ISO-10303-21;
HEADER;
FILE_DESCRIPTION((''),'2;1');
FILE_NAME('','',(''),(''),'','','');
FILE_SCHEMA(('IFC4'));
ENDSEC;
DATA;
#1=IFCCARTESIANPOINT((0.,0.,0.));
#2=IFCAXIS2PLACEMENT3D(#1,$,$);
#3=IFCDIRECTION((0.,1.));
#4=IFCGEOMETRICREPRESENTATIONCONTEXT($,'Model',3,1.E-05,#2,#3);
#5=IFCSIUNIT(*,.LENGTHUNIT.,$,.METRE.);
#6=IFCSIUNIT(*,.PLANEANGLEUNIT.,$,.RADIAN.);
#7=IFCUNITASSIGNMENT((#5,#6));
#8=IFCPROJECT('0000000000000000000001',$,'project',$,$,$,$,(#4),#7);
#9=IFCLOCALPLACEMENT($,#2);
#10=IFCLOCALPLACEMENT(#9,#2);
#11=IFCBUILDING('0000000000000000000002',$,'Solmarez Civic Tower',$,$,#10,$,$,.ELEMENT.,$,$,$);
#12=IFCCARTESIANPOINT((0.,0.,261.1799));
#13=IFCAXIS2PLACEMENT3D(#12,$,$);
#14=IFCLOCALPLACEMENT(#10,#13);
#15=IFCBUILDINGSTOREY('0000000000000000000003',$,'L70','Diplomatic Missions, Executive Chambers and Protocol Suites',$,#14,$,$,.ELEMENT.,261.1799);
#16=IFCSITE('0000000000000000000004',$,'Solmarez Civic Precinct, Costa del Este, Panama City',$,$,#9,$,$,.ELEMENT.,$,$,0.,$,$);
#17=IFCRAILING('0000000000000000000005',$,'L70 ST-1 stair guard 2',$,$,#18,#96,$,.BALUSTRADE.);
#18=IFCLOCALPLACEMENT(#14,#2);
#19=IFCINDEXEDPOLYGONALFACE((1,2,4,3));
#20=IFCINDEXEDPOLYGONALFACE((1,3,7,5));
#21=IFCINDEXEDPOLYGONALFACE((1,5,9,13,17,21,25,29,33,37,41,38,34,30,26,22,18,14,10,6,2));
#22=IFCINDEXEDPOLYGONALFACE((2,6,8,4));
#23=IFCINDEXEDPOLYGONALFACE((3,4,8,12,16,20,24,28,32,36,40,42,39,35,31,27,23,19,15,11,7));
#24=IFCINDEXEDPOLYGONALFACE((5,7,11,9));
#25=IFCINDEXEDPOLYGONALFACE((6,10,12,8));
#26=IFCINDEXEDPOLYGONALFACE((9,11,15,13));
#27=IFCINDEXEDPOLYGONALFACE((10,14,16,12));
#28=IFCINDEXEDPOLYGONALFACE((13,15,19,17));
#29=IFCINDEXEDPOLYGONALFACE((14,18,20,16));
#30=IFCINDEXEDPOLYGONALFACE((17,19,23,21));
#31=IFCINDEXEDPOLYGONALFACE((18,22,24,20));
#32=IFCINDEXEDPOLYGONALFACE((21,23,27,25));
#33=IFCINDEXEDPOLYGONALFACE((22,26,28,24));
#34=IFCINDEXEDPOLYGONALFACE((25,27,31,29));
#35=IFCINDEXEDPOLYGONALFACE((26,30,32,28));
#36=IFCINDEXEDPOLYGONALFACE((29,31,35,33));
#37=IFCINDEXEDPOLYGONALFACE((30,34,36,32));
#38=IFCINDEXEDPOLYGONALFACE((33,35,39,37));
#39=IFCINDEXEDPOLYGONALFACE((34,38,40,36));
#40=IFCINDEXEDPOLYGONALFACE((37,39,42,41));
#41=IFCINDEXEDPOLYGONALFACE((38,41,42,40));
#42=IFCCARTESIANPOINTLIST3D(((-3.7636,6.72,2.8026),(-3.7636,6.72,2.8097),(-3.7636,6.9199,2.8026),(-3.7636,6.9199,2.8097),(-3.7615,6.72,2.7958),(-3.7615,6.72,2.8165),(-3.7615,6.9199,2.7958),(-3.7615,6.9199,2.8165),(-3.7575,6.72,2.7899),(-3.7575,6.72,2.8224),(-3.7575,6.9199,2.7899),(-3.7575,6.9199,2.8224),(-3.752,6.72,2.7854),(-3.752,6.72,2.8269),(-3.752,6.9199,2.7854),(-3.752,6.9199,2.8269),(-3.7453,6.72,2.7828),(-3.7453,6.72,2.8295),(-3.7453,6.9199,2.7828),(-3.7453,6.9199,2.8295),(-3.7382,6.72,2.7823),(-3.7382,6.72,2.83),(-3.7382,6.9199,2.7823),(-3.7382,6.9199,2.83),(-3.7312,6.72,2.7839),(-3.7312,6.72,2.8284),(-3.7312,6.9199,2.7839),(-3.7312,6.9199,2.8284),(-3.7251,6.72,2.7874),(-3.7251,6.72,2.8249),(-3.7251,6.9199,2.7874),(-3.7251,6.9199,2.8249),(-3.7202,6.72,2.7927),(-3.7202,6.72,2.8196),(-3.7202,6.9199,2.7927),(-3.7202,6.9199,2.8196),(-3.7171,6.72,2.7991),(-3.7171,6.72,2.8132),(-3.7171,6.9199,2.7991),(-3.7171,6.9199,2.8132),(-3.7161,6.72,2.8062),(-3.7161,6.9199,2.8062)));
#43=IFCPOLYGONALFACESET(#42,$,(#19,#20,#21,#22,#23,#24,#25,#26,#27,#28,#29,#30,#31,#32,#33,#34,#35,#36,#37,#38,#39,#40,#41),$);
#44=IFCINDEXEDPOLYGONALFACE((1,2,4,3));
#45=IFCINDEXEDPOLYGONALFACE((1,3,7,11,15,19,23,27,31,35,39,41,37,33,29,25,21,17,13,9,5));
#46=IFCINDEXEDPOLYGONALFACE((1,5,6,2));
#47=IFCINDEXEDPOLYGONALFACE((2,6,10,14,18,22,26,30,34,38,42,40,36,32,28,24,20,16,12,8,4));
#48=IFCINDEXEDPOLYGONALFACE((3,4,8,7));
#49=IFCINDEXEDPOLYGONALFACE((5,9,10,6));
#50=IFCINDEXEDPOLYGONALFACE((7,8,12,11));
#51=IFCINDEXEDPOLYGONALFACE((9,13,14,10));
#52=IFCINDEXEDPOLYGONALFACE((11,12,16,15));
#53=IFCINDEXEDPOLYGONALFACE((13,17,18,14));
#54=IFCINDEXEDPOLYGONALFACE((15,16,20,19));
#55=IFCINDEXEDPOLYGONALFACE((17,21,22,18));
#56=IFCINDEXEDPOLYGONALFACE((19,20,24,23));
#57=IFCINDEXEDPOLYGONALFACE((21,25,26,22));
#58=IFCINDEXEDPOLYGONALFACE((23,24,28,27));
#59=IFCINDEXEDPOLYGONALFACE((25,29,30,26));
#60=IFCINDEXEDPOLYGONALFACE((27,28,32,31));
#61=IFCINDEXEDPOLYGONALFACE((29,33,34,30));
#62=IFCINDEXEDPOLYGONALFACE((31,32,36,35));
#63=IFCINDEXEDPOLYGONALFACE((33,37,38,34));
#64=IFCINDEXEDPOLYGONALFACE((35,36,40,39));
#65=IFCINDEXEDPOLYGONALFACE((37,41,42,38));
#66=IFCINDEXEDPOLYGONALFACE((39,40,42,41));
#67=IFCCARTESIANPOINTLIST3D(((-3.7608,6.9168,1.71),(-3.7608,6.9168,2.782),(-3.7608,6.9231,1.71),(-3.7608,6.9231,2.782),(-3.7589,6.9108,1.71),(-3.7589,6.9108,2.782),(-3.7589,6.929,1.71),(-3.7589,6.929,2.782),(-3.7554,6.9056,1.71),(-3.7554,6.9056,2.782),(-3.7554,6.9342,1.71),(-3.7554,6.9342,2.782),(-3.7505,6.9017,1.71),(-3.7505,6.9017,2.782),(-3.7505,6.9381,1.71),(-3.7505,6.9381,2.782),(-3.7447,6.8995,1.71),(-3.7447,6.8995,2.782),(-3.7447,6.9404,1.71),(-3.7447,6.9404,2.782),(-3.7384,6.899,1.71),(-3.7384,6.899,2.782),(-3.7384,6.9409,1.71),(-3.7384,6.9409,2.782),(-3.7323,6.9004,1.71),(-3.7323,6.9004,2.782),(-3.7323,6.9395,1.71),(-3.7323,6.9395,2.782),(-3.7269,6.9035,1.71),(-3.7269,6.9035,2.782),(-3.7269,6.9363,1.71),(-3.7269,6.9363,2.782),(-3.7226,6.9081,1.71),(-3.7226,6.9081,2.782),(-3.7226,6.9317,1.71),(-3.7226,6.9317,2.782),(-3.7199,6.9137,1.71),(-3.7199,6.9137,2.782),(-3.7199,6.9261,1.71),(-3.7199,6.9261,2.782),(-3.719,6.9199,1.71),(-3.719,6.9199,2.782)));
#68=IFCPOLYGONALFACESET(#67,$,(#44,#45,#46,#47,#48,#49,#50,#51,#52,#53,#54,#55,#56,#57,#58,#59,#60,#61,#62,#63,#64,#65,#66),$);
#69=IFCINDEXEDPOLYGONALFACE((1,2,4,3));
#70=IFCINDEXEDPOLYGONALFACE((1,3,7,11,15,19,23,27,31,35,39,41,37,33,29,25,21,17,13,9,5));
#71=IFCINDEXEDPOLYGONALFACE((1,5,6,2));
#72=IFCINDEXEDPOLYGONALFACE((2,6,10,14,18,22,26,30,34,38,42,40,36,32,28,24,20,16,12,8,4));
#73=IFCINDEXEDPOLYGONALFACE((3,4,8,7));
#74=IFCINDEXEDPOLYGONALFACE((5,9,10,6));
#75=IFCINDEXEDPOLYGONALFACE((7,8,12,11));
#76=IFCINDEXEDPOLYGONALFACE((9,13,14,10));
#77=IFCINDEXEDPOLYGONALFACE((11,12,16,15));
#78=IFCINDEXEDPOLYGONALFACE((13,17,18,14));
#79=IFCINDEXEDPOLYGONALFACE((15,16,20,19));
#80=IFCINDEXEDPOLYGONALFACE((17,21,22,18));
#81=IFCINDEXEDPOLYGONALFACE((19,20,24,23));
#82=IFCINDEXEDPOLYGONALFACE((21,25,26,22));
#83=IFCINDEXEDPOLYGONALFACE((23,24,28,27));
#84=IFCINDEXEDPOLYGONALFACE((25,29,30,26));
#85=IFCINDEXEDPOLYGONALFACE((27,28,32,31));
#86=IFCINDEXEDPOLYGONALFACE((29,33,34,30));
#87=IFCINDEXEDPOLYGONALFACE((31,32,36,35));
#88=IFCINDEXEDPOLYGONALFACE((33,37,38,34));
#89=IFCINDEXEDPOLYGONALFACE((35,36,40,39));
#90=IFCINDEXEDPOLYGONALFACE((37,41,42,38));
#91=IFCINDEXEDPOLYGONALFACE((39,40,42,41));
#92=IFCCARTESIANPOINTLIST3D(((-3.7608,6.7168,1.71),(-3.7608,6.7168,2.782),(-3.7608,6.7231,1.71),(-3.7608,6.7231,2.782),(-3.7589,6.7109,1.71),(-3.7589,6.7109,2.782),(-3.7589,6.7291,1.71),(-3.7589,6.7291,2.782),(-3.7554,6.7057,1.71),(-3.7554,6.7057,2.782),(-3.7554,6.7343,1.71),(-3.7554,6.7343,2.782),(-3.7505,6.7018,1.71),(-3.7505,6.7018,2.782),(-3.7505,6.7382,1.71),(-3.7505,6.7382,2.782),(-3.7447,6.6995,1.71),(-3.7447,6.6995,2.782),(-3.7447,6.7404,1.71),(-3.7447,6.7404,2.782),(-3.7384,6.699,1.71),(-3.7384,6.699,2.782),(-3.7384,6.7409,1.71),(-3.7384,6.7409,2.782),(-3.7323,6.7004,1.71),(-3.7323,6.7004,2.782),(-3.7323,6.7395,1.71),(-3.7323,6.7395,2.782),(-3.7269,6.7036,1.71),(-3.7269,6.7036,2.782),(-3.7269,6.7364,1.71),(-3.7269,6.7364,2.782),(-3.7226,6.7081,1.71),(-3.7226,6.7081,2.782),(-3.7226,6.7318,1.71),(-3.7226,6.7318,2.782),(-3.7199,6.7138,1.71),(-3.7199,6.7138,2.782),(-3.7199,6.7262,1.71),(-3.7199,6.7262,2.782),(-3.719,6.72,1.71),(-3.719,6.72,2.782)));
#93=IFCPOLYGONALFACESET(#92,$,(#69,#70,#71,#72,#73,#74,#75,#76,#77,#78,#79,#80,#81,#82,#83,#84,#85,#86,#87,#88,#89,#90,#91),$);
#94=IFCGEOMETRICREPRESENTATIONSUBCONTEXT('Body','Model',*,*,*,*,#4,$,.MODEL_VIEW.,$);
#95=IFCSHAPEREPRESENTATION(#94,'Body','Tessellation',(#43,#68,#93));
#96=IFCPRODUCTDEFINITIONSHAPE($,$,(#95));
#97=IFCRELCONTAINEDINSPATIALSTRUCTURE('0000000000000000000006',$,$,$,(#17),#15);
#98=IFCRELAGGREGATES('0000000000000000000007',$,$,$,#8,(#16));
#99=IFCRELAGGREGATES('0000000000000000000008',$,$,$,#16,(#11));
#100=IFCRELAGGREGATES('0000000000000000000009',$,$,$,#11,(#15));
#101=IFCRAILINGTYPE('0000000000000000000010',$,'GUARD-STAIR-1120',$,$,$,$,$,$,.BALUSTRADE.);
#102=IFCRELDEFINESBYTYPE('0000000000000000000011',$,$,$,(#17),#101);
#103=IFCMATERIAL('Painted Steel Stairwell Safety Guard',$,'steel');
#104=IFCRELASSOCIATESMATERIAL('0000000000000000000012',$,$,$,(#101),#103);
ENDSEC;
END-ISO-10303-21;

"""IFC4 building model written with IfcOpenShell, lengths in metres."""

from ifc_helpers import new_model, si_unit, direction, frame, origin, origin_2d, place, context, subcontext, project, spatial, circle, extrude, material, type_object, element, save


model = new_model("IFC4")

# Units and contexts
model_context = context("Model", 3, precision=1e-05, world=origin(), true_north=direction((0.0, 1.0)))
body_context = subcontext(model_context, "Body", "Model", "MODEL_VIEW")
ifc_project = project(units=[si_unit("LENGTHUNIT", "METRE"), si_unit("PLANEANGLEUNIT", "RADIAN")], contexts=[model_context])

# Site, building, storey
site_placement = place(None, origin())
site = spatial("IfcSite", under=ifc_project, at=site_placement, Name="Solmarez Civic Precinct, Costa del Este, Panama City", CompositionType="ELEMENT", RefElevation=0.0)
building_placement = place(site_placement, origin())
building = spatial("IfcBuilding", under=site, at=building_placement, Name="Solmarez Civic Tower", CompositionType="ELEMENT")
storey_placement = place(building_placement, frame((0.0, 0.0, 261.1799)))
storey = spatial("IfcBuildingStorey", under=building, at=storey_placement, Name="L70", Description="Diplomatic Missions, Executive Chambers and Protocol Suites", CompositionType="ELEMENT", Elevation=261.1799)

# Railing
ifc_material_1 = material(Name="Painted Steel Stairwell Safety Guard", Category="steel")
railing_type_1 = type_object("IfcRailingType", Name="GUARD-STAIR-1120", PredefinedType="BALUSTRADE", material=ifc_material_1)
railing_1_placement = place(storey_placement, frame((-3.74, 6.9199, 1.71)))
element("IfcRailing", 1, at=railing_1_placement, inside=storey, type_object=railing_type_1, Name="L70 ST-1 stair guard 2", PredefinedType="BALUSTRADE", context=body_context, shape_type="SweptSolid", body=[
    extrude(circle(Radius=0.0239, at=origin_2d()), frame((0.0, 0.0, 1.0962), z_axis=(0.0, -1.0, 0.0), x_axis=(1.0, 0.0, 0.0)), (0.0, 0.0, 1.0), 0.2),
    extrude(circle(Radius=0.021, at=origin_2d()), origin(), (0.0, 0.0, 1.0), 1.072),
    extrude(circle(Radius=0.021, at=origin_2d()), frame((0.0, -0.2, 0.0)), (0.0, 0.0, 1.0), 1.072),
])

save(model, "model.ifc")
